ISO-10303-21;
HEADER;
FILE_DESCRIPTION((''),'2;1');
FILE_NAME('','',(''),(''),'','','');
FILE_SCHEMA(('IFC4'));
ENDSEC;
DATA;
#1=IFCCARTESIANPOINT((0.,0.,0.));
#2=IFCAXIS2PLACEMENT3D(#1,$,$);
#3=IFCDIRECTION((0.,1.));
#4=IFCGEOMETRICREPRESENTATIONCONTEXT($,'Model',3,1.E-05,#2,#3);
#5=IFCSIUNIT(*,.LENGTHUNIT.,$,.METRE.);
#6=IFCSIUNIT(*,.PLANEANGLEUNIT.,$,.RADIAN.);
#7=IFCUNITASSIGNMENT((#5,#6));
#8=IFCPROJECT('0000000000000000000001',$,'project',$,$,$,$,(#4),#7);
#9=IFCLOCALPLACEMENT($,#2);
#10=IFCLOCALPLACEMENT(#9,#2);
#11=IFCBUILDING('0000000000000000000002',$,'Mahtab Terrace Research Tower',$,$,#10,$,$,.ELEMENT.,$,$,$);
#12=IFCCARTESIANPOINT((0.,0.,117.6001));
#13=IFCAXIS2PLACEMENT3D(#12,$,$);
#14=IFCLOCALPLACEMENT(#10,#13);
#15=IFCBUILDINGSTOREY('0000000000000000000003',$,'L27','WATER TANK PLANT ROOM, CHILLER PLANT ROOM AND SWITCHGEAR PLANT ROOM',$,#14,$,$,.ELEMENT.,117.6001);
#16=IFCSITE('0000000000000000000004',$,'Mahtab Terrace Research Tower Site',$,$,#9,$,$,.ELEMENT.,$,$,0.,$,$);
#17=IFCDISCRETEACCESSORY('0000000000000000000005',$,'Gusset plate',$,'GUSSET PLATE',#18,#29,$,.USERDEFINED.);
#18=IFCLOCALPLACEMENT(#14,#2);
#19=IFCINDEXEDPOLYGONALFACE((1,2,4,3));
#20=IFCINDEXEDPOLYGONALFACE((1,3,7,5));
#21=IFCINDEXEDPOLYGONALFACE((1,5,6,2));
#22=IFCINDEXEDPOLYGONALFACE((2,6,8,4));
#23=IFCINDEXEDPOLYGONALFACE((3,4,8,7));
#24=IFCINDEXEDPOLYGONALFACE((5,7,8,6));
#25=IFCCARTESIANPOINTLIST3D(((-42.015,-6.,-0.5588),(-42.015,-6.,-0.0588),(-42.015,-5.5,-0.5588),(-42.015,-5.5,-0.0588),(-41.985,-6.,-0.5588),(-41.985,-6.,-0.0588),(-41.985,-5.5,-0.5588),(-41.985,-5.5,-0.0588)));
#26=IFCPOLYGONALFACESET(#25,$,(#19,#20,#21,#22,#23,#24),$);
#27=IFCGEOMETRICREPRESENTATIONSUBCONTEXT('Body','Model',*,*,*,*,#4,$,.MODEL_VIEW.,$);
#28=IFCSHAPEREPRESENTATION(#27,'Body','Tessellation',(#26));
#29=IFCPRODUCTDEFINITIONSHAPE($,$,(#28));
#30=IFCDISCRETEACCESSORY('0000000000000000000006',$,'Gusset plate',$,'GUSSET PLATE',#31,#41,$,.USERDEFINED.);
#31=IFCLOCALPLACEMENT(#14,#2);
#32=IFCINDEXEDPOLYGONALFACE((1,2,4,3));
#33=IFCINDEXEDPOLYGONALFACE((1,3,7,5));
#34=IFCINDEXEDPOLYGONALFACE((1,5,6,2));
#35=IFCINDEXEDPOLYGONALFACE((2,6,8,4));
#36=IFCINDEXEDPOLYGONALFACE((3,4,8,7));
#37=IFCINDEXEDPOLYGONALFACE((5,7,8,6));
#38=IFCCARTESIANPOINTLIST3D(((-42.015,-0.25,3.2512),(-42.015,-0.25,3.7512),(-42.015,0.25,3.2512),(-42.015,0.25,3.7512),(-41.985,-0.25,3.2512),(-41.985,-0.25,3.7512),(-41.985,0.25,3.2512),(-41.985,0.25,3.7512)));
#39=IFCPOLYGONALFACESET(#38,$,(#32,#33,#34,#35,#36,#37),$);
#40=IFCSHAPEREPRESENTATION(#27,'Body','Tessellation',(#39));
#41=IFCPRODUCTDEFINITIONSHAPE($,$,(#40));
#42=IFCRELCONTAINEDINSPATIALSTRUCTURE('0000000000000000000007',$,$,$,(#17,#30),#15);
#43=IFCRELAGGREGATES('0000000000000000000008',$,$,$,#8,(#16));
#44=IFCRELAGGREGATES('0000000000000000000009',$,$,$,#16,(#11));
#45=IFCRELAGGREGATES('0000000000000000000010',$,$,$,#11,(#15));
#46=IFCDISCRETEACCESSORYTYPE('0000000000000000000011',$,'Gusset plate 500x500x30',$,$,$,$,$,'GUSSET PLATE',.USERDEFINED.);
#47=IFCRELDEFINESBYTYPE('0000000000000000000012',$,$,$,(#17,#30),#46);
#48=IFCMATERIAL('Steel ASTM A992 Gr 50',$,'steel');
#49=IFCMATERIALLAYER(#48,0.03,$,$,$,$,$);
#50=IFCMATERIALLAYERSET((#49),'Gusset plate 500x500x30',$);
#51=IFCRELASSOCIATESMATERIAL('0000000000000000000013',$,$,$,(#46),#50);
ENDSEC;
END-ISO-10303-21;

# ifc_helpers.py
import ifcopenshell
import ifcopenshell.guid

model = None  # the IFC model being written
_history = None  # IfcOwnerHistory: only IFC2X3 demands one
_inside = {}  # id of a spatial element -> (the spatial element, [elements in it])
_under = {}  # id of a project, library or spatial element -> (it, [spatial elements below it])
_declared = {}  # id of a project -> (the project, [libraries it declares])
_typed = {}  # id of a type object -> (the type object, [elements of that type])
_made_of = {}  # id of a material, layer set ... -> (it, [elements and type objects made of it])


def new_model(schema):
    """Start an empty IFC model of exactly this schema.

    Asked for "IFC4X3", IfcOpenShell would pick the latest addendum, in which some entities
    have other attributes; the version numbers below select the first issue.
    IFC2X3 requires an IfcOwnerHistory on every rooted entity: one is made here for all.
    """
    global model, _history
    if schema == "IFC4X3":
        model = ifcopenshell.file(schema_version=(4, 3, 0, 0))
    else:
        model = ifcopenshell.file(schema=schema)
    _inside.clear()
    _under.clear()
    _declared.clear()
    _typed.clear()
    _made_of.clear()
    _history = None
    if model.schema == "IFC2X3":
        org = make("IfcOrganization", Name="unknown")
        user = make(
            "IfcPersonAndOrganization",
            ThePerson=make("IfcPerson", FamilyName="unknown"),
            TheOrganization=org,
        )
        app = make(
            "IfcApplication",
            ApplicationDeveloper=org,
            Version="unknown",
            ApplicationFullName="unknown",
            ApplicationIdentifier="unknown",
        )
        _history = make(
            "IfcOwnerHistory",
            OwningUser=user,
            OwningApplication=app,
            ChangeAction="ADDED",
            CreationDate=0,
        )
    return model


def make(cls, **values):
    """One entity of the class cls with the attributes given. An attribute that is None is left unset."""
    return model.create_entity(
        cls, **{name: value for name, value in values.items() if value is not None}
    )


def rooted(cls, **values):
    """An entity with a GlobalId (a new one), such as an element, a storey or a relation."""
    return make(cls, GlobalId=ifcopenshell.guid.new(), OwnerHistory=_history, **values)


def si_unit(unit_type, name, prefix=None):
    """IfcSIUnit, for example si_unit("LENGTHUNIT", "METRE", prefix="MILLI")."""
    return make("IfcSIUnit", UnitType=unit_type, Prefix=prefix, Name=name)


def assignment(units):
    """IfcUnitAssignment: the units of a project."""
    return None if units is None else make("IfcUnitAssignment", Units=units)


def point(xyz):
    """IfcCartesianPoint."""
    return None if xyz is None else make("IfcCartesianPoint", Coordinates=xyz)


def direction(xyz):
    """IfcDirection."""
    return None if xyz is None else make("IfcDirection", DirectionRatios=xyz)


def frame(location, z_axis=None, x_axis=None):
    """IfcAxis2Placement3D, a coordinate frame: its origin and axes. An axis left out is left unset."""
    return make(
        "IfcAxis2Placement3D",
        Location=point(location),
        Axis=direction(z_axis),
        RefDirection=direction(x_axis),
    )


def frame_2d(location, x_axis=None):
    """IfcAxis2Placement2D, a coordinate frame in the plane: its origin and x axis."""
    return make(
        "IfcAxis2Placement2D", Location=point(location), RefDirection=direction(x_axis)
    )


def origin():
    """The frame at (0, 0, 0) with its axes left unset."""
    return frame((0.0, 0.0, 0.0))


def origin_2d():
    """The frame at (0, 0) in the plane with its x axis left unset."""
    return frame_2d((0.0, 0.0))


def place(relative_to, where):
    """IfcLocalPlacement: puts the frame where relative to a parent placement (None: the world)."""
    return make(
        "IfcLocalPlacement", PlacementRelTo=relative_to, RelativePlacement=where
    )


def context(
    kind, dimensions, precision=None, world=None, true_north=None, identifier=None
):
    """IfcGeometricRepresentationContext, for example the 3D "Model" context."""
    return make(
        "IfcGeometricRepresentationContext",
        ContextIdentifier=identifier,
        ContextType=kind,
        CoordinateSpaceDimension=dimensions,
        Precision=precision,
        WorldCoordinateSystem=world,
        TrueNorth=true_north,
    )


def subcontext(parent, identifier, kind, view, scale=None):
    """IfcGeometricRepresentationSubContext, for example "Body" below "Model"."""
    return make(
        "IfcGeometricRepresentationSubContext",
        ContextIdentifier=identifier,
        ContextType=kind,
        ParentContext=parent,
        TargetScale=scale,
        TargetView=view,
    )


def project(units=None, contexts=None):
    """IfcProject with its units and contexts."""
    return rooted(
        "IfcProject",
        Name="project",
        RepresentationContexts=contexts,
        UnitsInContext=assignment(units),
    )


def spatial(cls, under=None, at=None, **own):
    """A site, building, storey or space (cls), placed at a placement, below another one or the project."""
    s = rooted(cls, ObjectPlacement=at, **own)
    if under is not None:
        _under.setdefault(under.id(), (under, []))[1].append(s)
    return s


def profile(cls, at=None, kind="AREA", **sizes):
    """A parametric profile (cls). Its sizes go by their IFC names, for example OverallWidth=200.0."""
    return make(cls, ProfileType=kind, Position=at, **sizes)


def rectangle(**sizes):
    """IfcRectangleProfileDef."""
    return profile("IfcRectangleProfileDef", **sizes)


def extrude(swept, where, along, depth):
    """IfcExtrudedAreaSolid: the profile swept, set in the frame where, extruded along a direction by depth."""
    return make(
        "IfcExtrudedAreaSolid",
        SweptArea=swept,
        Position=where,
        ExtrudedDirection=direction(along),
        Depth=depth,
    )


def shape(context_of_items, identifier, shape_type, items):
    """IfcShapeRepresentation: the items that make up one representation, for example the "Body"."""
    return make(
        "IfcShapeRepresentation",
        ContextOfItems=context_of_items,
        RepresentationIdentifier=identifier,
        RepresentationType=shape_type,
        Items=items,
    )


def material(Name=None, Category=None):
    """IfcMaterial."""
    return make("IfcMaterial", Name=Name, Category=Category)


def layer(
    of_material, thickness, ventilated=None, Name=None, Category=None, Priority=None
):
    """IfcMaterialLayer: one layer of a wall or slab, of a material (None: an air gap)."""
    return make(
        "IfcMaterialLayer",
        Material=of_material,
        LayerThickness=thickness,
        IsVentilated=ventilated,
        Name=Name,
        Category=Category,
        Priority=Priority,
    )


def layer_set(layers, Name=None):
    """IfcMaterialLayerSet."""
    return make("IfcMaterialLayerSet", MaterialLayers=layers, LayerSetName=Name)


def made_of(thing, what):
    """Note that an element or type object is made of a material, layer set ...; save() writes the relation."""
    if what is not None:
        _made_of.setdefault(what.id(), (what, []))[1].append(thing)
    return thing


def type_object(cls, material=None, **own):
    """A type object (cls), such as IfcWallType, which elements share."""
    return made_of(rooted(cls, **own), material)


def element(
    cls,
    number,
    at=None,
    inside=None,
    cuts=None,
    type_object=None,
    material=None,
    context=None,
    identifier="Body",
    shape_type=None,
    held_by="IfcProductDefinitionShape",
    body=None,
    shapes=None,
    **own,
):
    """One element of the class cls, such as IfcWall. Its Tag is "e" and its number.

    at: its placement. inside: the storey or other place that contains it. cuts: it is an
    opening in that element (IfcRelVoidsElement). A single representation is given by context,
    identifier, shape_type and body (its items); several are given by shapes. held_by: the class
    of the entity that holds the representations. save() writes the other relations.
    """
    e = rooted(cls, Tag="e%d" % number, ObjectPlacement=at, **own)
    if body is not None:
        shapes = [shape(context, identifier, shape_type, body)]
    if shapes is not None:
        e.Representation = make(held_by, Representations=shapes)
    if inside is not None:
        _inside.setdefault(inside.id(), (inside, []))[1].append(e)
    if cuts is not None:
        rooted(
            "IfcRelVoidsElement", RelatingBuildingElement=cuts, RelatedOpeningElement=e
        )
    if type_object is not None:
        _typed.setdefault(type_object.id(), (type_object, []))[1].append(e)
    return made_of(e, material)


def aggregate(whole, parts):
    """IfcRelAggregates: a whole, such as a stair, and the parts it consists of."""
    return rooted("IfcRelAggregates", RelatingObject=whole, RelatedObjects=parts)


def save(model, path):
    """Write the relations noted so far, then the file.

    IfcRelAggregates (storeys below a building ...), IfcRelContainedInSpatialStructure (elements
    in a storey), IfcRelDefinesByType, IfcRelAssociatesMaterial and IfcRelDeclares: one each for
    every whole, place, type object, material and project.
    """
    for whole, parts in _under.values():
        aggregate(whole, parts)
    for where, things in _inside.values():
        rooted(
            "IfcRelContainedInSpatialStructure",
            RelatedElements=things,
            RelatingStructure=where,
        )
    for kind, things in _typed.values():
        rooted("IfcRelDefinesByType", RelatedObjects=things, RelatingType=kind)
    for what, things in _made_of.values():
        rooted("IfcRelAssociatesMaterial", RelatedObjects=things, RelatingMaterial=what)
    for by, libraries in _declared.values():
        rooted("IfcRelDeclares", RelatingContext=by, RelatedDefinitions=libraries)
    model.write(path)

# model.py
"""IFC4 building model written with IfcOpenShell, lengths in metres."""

from ifc_helpers import new_model, si_unit, direction, frame, origin, origin_2d, place, context, subcontext, project, spatial, rectangle, extrude, material, layer, layer_set, type_object, element, save


model = new_model("IFC4")

# Units and contexts
model_context = context("Model", 3, precision=1e-05, world=origin(), true_north=direction((0.0, 1.0)))
body_context = subcontext(model_context, "Body", "Model", "MODEL_VIEW")
ifc_project = project(units=[si_unit("LENGTHUNIT", "METRE"), si_unit("PLANEANGLEUNIT", "RADIAN")], contexts=[model_context])

# Site, building, storey
site_placement = place(None, origin())
site = spatial("IfcSite", under=ifc_project, at=site_placement, Name="Mahtab Terrace Research Tower Site", CompositionType="ELEMENT", RefElevation=0.0)
building_placement = place(site_placement, origin())
building = spatial("IfcBuilding", under=site, at=building_placement, Name="Mahtab Terrace Research Tower", CompositionType="ELEMENT")
storey_placement = place(building_placement, frame((0.0, 0.0, 117.6001)))
storey = spatial("IfcBuildingStorey", under=building, at=storey_placement, Name="L27", Description="WATER TANK PLANT ROOM, CHILLER PLANT ROOM AND SWITCHGEAR PLANT ROOM", CompositionType="ELEMENT", Elevation=117.6001)

# Shared definitions
ifc_material_1 = material(Name="Steel ASTM A992 Gr 50", Category="steel")

# Discrete accessories
ifc_layer_1 = layer(ifc_material_1, 0.03)
ifc_layer_set_1 = layer_set([ifc_layer_1], Name="Gusset plate 500x500x30")
discrete_accessory_type = type_object("IfcDiscreteAccessoryType", Name="Gusset plate 500x500x30", ElementType="GUSSET PLATE", PredefinedType="USERDEFINED", material=ifc_layer_set_1)
for number, where, z_axis, x_axis, name in (
    (1, (-42.0, -5.75, -0.5588), (0.0, 0.0, 1.0), (0.0, 1.0, 0.0), "Gusset plate"),
    (2, (-42.0, 0.0, 3.2512), (0.0, 0.0, 1.0), (0.0, 1.0, 0.0), "Gusset plate"),
):
    element("IfcDiscreteAccessory", number, at=place(storey_placement, frame(where, z_axis=z_axis, x_axis=x_axis)), inside=storey, type_object=discrete_accessory_type, Name=name, ObjectType="GUSSET PLATE", PredefinedType="USERDEFINED", context=body_context, shape_type="SweptSolid", body=[
        extrude(rectangle(XDim=0.5, YDim=0.03, at=origin_2d()), origin(), (0.0, 0.0, 1.0), 0.5),
    ])

save(model, "model.ifc")
